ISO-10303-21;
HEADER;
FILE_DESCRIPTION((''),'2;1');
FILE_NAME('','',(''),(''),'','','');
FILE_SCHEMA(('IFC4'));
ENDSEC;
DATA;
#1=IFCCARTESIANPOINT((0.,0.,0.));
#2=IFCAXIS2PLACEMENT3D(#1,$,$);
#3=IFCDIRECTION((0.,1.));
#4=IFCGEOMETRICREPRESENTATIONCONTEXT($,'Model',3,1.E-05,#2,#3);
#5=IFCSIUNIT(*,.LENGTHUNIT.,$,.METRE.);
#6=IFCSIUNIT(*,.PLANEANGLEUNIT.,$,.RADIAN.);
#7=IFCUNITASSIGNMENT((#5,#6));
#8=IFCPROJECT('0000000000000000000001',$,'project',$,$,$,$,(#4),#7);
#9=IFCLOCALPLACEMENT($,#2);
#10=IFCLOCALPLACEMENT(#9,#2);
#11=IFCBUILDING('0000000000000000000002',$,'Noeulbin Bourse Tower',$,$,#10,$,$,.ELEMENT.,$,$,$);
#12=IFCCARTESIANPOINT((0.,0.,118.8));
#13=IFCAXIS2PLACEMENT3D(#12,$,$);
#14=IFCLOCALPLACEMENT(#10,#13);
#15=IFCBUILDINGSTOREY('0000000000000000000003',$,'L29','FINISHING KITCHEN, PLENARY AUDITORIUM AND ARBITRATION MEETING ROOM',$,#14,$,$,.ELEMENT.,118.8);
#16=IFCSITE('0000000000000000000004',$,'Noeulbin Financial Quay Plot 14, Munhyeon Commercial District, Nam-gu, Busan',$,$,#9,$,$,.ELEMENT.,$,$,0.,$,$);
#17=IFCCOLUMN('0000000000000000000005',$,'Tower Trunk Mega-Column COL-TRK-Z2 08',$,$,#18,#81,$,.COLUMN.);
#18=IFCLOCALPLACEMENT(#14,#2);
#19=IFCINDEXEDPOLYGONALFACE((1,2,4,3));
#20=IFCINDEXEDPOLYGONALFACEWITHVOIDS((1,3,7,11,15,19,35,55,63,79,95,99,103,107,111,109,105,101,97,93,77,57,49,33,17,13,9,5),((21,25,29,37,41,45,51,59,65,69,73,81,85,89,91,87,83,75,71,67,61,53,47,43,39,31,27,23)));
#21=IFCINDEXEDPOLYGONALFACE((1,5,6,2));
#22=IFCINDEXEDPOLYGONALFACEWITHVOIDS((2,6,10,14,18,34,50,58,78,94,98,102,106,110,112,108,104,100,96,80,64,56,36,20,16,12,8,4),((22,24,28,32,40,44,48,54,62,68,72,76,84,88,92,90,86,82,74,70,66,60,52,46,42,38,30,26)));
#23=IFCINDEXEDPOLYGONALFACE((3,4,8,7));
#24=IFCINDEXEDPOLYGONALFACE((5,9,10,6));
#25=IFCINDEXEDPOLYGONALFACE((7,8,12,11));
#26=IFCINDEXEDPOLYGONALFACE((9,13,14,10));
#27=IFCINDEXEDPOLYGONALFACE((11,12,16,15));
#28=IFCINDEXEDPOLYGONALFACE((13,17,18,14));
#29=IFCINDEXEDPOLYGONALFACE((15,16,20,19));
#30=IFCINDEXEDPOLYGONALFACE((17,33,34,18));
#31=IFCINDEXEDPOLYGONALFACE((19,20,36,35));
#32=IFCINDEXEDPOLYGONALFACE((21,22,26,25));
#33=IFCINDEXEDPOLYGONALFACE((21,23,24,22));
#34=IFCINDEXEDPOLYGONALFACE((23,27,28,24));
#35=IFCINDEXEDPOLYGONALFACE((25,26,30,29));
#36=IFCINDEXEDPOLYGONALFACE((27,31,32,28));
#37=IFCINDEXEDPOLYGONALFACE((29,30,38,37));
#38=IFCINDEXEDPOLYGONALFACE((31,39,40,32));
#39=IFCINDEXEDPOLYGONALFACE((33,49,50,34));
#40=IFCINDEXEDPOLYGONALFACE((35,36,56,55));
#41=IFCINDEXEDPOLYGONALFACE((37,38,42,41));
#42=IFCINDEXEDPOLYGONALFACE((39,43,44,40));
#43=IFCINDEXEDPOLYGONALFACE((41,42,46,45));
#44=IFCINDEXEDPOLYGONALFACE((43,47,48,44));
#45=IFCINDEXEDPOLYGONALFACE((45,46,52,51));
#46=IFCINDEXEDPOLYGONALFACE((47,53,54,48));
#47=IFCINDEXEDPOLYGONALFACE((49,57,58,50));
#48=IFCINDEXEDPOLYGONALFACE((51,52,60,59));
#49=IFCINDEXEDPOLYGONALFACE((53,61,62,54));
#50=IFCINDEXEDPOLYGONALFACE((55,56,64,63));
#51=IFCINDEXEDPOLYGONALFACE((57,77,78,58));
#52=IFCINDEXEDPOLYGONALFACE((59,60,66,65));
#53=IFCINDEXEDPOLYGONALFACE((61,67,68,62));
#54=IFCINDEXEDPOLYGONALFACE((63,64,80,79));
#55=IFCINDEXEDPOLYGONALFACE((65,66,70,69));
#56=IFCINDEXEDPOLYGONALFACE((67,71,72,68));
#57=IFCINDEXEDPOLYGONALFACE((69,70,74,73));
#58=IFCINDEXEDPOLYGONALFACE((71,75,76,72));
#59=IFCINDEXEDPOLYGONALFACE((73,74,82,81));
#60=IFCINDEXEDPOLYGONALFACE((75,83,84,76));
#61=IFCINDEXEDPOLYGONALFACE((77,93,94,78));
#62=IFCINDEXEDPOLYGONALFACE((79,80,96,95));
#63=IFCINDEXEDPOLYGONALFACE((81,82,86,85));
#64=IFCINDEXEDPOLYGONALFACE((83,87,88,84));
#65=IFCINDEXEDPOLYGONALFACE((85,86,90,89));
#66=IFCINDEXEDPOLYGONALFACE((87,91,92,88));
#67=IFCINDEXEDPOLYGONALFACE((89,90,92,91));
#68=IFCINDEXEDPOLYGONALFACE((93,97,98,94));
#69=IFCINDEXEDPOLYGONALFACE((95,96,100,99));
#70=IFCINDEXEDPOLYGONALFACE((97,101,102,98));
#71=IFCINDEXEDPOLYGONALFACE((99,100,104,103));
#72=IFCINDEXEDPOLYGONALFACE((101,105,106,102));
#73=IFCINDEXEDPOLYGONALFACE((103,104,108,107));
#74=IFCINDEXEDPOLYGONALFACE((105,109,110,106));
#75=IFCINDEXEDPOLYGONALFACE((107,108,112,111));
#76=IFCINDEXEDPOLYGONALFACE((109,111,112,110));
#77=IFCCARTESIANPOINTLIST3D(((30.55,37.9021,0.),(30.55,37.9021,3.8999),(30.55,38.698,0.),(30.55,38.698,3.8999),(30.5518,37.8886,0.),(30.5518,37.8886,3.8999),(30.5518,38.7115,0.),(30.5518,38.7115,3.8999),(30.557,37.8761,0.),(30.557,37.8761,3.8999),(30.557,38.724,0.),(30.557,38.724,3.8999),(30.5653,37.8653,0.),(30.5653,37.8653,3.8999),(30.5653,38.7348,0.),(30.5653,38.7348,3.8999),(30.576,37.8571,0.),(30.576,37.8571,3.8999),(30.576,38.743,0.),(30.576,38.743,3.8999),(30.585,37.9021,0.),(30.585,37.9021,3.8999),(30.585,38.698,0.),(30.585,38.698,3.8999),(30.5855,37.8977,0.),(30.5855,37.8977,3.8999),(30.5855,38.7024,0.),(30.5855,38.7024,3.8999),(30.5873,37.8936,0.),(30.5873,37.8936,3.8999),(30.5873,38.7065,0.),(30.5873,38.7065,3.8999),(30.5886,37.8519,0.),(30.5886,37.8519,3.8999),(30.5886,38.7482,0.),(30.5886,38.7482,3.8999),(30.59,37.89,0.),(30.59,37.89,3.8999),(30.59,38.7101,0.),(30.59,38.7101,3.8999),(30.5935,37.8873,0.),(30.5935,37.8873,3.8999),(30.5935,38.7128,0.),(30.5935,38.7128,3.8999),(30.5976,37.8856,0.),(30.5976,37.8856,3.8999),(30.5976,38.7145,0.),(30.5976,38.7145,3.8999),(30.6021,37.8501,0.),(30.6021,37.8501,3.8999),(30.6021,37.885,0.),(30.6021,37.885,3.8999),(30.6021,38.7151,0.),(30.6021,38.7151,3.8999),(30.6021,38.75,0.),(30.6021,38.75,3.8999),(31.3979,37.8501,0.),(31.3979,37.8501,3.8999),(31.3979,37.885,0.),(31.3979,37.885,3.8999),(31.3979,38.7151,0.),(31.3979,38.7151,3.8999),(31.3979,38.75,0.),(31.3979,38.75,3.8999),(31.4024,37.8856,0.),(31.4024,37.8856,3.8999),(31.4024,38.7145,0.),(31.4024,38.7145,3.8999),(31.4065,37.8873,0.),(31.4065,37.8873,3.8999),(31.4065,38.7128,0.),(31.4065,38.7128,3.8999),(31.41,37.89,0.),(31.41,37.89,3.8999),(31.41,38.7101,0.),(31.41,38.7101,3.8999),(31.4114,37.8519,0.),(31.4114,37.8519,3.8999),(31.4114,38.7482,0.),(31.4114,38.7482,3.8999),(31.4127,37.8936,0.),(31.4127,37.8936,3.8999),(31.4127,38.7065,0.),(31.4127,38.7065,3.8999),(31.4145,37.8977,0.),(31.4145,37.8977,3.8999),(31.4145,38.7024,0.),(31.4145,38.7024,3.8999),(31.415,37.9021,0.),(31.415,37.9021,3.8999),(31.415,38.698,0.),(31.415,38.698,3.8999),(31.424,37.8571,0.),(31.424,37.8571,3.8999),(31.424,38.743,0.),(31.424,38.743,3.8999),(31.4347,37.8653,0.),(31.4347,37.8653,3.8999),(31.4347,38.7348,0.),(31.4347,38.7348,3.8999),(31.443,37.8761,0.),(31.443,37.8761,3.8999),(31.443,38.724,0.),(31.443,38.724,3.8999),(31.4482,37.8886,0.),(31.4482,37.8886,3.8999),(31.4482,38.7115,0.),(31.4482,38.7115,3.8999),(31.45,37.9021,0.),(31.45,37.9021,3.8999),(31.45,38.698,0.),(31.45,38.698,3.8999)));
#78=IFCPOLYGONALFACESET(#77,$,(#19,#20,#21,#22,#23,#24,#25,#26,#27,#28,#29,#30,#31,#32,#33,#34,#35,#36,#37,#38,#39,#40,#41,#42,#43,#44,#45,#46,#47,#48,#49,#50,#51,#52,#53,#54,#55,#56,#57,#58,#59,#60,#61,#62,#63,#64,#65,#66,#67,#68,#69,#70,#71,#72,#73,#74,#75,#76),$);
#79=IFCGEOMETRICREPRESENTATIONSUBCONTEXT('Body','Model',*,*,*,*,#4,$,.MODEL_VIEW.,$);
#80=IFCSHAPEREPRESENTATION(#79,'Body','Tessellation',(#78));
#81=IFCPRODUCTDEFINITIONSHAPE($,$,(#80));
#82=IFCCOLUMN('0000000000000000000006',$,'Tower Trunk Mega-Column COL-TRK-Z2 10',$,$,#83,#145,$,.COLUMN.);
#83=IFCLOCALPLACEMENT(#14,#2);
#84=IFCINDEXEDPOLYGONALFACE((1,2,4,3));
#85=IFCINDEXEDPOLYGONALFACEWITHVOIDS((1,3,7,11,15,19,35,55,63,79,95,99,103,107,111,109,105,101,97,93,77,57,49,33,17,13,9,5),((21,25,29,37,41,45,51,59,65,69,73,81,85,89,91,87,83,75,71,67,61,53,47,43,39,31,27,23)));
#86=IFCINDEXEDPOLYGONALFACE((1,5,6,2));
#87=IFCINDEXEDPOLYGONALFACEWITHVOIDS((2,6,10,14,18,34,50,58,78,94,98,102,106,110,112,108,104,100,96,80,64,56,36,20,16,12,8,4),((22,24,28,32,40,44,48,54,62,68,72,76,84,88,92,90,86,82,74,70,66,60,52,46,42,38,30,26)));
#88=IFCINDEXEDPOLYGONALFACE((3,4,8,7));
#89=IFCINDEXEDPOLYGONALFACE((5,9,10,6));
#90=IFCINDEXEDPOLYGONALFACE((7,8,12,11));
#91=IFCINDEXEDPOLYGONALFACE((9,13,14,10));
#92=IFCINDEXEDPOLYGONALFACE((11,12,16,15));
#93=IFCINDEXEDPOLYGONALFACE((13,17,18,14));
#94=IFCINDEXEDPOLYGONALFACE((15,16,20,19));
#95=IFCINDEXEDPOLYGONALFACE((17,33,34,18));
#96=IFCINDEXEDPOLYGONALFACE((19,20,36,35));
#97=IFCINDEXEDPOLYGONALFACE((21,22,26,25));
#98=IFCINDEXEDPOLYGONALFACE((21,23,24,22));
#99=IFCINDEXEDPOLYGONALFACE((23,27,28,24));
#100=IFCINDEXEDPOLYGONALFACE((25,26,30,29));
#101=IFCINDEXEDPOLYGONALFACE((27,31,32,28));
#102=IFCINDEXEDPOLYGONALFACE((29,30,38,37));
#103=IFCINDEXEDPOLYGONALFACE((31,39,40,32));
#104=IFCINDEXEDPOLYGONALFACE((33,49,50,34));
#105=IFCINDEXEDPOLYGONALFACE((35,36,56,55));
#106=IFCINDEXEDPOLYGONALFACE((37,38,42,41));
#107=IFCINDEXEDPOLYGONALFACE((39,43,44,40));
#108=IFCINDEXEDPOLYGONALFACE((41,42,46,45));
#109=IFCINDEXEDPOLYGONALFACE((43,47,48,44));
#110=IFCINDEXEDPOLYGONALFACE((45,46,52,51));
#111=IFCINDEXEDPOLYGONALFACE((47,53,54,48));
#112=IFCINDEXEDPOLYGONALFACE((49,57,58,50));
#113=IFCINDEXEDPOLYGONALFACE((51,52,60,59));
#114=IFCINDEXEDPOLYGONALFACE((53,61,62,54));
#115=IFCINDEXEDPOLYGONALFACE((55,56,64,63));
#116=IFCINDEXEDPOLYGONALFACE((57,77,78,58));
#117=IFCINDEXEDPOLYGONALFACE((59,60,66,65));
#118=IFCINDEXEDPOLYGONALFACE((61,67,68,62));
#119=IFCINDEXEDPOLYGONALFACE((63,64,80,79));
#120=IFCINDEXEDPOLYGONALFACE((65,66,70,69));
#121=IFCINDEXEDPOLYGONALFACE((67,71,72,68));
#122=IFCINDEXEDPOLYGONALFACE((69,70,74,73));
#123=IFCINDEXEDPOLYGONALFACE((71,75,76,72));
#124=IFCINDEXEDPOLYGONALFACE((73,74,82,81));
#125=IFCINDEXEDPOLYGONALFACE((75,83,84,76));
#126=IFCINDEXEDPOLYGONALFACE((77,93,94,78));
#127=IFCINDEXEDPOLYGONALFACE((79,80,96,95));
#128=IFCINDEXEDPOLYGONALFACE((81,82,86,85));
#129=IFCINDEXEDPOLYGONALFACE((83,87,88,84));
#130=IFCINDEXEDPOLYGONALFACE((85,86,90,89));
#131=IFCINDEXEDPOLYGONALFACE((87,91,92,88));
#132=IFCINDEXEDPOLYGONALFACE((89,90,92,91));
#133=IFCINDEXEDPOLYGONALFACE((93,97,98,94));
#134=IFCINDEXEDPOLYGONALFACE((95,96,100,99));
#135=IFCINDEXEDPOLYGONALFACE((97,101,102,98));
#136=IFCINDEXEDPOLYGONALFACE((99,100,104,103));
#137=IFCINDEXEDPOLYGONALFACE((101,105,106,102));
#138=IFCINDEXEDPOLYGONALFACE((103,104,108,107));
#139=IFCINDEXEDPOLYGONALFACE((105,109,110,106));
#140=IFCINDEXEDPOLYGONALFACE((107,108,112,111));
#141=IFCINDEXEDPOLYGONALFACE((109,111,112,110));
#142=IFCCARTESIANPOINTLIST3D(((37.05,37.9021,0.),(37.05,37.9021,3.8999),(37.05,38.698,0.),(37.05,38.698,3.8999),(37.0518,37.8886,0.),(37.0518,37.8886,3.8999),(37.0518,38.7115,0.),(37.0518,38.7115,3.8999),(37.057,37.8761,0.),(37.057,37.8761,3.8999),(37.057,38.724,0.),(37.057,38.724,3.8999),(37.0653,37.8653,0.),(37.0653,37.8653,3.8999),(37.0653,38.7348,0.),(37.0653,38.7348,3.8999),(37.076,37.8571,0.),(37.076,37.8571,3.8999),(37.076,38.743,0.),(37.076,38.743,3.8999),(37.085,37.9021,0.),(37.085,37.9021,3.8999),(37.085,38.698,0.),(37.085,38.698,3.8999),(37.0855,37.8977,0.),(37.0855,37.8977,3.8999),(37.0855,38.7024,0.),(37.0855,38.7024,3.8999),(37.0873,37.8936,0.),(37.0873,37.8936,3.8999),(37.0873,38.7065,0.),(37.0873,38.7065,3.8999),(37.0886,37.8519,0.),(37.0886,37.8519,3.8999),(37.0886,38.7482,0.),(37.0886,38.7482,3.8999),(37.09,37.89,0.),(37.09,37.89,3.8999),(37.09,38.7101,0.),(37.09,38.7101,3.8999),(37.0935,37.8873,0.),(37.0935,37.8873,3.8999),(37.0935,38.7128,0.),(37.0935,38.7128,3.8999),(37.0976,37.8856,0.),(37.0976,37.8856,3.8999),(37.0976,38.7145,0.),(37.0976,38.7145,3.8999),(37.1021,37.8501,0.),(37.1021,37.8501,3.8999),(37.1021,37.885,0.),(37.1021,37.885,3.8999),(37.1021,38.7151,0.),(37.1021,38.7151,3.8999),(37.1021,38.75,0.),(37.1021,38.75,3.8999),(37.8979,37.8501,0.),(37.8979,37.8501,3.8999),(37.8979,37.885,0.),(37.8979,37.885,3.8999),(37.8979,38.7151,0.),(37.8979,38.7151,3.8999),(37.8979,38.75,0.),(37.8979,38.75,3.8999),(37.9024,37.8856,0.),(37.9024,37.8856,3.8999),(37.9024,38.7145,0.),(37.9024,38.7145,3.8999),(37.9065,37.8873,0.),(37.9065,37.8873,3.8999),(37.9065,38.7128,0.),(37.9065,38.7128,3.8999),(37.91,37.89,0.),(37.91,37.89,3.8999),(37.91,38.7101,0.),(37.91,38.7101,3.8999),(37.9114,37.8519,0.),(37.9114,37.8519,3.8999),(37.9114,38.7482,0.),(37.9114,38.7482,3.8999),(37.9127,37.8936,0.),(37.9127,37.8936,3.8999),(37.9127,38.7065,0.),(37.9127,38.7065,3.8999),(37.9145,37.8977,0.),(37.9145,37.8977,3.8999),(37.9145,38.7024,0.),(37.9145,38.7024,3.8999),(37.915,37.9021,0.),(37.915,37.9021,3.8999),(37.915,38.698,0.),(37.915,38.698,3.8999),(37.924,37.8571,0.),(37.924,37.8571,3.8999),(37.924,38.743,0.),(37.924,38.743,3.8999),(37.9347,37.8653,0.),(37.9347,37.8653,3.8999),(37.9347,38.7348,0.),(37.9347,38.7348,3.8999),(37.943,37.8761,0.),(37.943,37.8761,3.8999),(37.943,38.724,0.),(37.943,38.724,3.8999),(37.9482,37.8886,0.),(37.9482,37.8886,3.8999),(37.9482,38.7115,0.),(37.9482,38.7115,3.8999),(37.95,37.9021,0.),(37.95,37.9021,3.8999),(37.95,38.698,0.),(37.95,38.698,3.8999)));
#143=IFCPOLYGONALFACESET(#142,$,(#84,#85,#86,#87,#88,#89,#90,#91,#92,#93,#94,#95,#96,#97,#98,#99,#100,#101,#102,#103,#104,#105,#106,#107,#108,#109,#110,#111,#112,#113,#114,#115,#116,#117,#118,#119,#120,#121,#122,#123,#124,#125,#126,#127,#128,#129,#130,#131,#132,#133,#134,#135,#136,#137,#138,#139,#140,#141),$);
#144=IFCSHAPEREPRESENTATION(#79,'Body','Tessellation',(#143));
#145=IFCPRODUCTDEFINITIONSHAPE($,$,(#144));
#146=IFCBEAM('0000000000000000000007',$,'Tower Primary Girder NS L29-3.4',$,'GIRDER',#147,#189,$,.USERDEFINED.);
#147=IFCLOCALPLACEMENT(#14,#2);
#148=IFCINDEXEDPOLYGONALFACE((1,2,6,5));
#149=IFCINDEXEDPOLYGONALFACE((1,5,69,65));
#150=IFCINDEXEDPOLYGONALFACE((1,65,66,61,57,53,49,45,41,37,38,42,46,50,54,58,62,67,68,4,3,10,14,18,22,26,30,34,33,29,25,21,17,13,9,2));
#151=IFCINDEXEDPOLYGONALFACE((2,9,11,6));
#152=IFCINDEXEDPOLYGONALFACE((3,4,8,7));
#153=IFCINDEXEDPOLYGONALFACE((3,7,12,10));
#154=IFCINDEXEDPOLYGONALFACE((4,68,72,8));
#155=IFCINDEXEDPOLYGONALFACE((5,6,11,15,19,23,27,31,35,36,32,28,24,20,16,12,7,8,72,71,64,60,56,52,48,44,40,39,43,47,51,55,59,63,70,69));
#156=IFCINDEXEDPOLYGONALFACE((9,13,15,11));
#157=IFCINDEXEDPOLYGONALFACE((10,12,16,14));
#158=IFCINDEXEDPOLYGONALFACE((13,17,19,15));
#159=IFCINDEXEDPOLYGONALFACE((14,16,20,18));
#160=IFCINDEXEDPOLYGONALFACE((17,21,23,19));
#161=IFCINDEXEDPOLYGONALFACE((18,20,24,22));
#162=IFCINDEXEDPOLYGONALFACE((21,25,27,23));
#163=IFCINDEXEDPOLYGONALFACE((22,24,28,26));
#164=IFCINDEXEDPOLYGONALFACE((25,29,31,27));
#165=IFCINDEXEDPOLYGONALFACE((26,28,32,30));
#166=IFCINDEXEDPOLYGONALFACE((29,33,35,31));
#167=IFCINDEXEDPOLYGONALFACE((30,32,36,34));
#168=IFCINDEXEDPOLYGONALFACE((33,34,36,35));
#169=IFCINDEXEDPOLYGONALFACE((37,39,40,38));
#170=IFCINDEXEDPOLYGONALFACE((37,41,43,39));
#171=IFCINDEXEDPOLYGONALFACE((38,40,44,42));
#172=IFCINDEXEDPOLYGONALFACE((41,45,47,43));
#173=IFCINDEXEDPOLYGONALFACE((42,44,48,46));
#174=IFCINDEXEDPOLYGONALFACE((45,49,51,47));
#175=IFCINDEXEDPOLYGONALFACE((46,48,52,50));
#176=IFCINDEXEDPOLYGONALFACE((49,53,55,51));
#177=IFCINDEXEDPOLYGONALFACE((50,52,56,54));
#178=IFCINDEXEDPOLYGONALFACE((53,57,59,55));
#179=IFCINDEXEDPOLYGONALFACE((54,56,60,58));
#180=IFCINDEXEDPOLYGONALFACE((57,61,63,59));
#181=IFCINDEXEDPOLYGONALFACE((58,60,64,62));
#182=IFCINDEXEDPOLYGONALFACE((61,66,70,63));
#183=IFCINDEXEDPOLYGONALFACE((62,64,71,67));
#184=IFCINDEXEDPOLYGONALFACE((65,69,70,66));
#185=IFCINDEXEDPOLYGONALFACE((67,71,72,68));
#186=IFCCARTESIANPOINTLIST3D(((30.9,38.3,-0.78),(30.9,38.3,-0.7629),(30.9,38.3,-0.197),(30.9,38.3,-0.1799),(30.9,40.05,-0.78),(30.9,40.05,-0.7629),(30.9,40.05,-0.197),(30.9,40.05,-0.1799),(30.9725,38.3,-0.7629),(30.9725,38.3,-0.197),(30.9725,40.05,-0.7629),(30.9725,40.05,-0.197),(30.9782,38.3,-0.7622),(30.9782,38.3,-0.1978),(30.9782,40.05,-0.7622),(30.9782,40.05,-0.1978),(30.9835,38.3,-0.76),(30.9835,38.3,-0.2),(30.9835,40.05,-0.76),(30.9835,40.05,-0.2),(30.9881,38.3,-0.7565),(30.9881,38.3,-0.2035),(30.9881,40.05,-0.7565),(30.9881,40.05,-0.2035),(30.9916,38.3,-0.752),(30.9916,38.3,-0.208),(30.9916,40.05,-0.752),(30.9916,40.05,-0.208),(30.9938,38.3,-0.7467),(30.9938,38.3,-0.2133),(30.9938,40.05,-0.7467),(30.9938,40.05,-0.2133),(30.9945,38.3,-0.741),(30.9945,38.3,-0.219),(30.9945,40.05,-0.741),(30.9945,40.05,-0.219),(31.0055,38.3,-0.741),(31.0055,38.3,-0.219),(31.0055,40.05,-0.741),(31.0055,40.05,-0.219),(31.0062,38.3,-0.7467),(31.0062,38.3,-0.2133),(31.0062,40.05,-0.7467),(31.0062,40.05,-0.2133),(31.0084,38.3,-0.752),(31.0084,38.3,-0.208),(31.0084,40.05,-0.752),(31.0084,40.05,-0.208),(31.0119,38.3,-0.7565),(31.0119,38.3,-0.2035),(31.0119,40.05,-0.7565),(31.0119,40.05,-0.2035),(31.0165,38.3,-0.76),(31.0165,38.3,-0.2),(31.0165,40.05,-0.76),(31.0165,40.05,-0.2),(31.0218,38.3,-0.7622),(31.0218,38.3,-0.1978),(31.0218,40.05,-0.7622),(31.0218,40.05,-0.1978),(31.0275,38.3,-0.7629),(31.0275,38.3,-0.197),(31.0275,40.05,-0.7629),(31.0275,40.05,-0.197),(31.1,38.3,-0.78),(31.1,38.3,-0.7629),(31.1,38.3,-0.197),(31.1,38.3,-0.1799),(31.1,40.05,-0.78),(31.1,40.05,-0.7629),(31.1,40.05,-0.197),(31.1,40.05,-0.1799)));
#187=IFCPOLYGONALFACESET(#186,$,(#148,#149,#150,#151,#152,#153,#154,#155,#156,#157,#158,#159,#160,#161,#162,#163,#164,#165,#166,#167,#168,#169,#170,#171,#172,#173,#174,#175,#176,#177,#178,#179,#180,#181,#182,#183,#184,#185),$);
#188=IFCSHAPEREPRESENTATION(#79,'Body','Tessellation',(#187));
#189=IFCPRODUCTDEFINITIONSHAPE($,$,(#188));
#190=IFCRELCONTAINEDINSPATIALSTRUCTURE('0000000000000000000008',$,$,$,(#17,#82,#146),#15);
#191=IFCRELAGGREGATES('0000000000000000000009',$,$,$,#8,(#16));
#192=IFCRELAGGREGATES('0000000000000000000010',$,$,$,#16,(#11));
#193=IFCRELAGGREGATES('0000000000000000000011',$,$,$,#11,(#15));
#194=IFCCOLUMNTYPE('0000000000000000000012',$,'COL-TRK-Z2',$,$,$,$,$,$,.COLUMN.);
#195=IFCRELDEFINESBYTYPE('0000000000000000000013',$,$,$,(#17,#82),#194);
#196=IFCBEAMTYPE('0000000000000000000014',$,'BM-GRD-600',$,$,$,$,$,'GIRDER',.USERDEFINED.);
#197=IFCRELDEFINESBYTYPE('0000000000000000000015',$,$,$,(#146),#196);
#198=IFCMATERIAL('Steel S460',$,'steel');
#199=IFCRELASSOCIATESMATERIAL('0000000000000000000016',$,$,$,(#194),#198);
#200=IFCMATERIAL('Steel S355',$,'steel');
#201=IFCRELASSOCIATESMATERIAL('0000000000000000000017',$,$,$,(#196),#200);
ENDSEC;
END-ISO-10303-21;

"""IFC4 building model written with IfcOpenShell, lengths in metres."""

from ifc_helpers import new_model, si_unit, direction, frame, origin, origin_2d, place, context, subcontext, project, spatial, hollow_rectangle, i_section, extrude, material, material_profile, profile_set, type_object, element, save


model = new_model("IFC4")

# Units and contexts
model_context = context("Model", 3, precision=1e-05, world=origin(), true_north=direction((0.0, 1.0)))
body_context = subcontext(model_context, "Body", "Model", "MODEL_VIEW")
ifc_project = project(units=[si_unit("LENGTHUNIT", "METRE"), si_unit("PLANEANGLEUNIT", "RADIAN")], contexts=[model_context])

# Site, building, storey
site_placement = place(None, origin())
site = spatial("IfcSite", under=ifc_project, at=site_placement, Name="Noeulbin Financial Quay Plot 14, Munhyeon Commercial District, Nam-gu, Busan", CompositionType="ELEMENT", RefElevation=0.0)
building_placement = place(site_placement, origin())
building = spatial("IfcBuilding", under=site, at=building_placement, Name="Noeulbin Bourse Tower", CompositionType="ELEMENT")
storey_placement = place(building_placement, frame((0.0, 0.0, 118.8)))
storey = spatial("IfcBuildingStorey", under=building, at=storey_placement, Name="L29", Description="FINISHING KITCHEN, PLENARY AUDITORIUM AND ARBITRATION MEETING ROOM", CompositionType="ELEMENT", Elevation=118.8)

# Columns
ifc_material_1 = material(Name="Steel S460", Category="steel")
ifc_material_profile_1 = material_profile(ifc_material_1, hollow_rectangle(XDim=0.8999, YDim=0.8999, WallThickness=0.0349, InnerFilletRadius=0.0171, OuterFilletRadius=0.052, at=origin_2d()), Name="BOX-900x900x35", Category="LoadBearing")
ifc_profile_set_1 = profile_set([ifc_material_profile_1], Name="Steel S460")
column_type = type_object("IfcColumnType", Name="COL-TRK-Z2", PredefinedType="COLUMN", material=ifc_profile_set_1)
for number, where, z_axis, x_axis, name in (
    (1, (31.0, 38.3, 0.0), (0.0, 0.0, 1.0), (1.0, 0.0, 0.0), "Tower Trunk Mega-Column COL-TRK-Z2 08"),
    (2, (37.5, 38.3, 0.0), (0.0, 0.0, 1.0), (1.0, 0.0, 0.0), "Tower Trunk Mega-Column COL-TRK-Z2 10"),
):
    element("IfcColumn", number, at=place(storey_placement, frame(where, z_axis=z_axis, x_axis=x_axis)), inside=storey, type_object=column_type, Name=name, PredefinedType="COLUMN", context=body_context, shape_type="SweptSolid", body=[
        extrude(hollow_rectangle(XDim=0.8999, YDim=0.8999, WallThickness=0.0349, InnerFilletRadius=0.0171, OuterFilletRadius=0.052, at=origin_2d()), origin(), (0.0, 0.0, 1.0), 3.8999),
    ])

# Beam
ifc_material_2 = material(Name="Steel S355", Category="steel")
ifc_material_profile_2 = material_profile(ifc_material_2, i_section(OverallWidth=0.2, OverallDepth=0.6001, WebThickness=0.011, FlangeThickness=0.0171, FilletRadius=0.022, at=origin_2d()), Name="H-600x200x11x17", Category="LoadBearing")
ifc_profile_set_2 = profile_set([ifc_material_profile_2], Name="Steel S355")
beam_type = type_object("IfcBeamType", Name="BM-GRD-600", ElementType="GIRDER", PredefinedType="USERDEFINED", material=ifc_profile_set_2)
for number, where, z_axis, x_axis, name in (
    (3, (31.0, 38.3, -0.48), (0.0, 1.0, 0.0), (-1.0, 0.0, 0.0), "Tower Primary Girder NS L29-3.4"),
):
    element("IfcBeam", number, at=place(storey_placement, frame(where, z_axis=z_axis, x_axis=x_axis)), inside=storey, type_object=beam_type, Name=name, ObjectType="GIRDER", PredefinedType="USERDEFINED", context=body_context, shape_type="SweptSolid", body=[
        extrude(i_section(OverallWidth=0.2, OverallDepth=0.6001, WebThickness=0.011, FlangeThickness=0.0171, FilletRadius=0.022, at=origin_2d()), origin(), (0.0, 0.0, 1.0), 1.75),
    ])

save(model, "model.ifc")
